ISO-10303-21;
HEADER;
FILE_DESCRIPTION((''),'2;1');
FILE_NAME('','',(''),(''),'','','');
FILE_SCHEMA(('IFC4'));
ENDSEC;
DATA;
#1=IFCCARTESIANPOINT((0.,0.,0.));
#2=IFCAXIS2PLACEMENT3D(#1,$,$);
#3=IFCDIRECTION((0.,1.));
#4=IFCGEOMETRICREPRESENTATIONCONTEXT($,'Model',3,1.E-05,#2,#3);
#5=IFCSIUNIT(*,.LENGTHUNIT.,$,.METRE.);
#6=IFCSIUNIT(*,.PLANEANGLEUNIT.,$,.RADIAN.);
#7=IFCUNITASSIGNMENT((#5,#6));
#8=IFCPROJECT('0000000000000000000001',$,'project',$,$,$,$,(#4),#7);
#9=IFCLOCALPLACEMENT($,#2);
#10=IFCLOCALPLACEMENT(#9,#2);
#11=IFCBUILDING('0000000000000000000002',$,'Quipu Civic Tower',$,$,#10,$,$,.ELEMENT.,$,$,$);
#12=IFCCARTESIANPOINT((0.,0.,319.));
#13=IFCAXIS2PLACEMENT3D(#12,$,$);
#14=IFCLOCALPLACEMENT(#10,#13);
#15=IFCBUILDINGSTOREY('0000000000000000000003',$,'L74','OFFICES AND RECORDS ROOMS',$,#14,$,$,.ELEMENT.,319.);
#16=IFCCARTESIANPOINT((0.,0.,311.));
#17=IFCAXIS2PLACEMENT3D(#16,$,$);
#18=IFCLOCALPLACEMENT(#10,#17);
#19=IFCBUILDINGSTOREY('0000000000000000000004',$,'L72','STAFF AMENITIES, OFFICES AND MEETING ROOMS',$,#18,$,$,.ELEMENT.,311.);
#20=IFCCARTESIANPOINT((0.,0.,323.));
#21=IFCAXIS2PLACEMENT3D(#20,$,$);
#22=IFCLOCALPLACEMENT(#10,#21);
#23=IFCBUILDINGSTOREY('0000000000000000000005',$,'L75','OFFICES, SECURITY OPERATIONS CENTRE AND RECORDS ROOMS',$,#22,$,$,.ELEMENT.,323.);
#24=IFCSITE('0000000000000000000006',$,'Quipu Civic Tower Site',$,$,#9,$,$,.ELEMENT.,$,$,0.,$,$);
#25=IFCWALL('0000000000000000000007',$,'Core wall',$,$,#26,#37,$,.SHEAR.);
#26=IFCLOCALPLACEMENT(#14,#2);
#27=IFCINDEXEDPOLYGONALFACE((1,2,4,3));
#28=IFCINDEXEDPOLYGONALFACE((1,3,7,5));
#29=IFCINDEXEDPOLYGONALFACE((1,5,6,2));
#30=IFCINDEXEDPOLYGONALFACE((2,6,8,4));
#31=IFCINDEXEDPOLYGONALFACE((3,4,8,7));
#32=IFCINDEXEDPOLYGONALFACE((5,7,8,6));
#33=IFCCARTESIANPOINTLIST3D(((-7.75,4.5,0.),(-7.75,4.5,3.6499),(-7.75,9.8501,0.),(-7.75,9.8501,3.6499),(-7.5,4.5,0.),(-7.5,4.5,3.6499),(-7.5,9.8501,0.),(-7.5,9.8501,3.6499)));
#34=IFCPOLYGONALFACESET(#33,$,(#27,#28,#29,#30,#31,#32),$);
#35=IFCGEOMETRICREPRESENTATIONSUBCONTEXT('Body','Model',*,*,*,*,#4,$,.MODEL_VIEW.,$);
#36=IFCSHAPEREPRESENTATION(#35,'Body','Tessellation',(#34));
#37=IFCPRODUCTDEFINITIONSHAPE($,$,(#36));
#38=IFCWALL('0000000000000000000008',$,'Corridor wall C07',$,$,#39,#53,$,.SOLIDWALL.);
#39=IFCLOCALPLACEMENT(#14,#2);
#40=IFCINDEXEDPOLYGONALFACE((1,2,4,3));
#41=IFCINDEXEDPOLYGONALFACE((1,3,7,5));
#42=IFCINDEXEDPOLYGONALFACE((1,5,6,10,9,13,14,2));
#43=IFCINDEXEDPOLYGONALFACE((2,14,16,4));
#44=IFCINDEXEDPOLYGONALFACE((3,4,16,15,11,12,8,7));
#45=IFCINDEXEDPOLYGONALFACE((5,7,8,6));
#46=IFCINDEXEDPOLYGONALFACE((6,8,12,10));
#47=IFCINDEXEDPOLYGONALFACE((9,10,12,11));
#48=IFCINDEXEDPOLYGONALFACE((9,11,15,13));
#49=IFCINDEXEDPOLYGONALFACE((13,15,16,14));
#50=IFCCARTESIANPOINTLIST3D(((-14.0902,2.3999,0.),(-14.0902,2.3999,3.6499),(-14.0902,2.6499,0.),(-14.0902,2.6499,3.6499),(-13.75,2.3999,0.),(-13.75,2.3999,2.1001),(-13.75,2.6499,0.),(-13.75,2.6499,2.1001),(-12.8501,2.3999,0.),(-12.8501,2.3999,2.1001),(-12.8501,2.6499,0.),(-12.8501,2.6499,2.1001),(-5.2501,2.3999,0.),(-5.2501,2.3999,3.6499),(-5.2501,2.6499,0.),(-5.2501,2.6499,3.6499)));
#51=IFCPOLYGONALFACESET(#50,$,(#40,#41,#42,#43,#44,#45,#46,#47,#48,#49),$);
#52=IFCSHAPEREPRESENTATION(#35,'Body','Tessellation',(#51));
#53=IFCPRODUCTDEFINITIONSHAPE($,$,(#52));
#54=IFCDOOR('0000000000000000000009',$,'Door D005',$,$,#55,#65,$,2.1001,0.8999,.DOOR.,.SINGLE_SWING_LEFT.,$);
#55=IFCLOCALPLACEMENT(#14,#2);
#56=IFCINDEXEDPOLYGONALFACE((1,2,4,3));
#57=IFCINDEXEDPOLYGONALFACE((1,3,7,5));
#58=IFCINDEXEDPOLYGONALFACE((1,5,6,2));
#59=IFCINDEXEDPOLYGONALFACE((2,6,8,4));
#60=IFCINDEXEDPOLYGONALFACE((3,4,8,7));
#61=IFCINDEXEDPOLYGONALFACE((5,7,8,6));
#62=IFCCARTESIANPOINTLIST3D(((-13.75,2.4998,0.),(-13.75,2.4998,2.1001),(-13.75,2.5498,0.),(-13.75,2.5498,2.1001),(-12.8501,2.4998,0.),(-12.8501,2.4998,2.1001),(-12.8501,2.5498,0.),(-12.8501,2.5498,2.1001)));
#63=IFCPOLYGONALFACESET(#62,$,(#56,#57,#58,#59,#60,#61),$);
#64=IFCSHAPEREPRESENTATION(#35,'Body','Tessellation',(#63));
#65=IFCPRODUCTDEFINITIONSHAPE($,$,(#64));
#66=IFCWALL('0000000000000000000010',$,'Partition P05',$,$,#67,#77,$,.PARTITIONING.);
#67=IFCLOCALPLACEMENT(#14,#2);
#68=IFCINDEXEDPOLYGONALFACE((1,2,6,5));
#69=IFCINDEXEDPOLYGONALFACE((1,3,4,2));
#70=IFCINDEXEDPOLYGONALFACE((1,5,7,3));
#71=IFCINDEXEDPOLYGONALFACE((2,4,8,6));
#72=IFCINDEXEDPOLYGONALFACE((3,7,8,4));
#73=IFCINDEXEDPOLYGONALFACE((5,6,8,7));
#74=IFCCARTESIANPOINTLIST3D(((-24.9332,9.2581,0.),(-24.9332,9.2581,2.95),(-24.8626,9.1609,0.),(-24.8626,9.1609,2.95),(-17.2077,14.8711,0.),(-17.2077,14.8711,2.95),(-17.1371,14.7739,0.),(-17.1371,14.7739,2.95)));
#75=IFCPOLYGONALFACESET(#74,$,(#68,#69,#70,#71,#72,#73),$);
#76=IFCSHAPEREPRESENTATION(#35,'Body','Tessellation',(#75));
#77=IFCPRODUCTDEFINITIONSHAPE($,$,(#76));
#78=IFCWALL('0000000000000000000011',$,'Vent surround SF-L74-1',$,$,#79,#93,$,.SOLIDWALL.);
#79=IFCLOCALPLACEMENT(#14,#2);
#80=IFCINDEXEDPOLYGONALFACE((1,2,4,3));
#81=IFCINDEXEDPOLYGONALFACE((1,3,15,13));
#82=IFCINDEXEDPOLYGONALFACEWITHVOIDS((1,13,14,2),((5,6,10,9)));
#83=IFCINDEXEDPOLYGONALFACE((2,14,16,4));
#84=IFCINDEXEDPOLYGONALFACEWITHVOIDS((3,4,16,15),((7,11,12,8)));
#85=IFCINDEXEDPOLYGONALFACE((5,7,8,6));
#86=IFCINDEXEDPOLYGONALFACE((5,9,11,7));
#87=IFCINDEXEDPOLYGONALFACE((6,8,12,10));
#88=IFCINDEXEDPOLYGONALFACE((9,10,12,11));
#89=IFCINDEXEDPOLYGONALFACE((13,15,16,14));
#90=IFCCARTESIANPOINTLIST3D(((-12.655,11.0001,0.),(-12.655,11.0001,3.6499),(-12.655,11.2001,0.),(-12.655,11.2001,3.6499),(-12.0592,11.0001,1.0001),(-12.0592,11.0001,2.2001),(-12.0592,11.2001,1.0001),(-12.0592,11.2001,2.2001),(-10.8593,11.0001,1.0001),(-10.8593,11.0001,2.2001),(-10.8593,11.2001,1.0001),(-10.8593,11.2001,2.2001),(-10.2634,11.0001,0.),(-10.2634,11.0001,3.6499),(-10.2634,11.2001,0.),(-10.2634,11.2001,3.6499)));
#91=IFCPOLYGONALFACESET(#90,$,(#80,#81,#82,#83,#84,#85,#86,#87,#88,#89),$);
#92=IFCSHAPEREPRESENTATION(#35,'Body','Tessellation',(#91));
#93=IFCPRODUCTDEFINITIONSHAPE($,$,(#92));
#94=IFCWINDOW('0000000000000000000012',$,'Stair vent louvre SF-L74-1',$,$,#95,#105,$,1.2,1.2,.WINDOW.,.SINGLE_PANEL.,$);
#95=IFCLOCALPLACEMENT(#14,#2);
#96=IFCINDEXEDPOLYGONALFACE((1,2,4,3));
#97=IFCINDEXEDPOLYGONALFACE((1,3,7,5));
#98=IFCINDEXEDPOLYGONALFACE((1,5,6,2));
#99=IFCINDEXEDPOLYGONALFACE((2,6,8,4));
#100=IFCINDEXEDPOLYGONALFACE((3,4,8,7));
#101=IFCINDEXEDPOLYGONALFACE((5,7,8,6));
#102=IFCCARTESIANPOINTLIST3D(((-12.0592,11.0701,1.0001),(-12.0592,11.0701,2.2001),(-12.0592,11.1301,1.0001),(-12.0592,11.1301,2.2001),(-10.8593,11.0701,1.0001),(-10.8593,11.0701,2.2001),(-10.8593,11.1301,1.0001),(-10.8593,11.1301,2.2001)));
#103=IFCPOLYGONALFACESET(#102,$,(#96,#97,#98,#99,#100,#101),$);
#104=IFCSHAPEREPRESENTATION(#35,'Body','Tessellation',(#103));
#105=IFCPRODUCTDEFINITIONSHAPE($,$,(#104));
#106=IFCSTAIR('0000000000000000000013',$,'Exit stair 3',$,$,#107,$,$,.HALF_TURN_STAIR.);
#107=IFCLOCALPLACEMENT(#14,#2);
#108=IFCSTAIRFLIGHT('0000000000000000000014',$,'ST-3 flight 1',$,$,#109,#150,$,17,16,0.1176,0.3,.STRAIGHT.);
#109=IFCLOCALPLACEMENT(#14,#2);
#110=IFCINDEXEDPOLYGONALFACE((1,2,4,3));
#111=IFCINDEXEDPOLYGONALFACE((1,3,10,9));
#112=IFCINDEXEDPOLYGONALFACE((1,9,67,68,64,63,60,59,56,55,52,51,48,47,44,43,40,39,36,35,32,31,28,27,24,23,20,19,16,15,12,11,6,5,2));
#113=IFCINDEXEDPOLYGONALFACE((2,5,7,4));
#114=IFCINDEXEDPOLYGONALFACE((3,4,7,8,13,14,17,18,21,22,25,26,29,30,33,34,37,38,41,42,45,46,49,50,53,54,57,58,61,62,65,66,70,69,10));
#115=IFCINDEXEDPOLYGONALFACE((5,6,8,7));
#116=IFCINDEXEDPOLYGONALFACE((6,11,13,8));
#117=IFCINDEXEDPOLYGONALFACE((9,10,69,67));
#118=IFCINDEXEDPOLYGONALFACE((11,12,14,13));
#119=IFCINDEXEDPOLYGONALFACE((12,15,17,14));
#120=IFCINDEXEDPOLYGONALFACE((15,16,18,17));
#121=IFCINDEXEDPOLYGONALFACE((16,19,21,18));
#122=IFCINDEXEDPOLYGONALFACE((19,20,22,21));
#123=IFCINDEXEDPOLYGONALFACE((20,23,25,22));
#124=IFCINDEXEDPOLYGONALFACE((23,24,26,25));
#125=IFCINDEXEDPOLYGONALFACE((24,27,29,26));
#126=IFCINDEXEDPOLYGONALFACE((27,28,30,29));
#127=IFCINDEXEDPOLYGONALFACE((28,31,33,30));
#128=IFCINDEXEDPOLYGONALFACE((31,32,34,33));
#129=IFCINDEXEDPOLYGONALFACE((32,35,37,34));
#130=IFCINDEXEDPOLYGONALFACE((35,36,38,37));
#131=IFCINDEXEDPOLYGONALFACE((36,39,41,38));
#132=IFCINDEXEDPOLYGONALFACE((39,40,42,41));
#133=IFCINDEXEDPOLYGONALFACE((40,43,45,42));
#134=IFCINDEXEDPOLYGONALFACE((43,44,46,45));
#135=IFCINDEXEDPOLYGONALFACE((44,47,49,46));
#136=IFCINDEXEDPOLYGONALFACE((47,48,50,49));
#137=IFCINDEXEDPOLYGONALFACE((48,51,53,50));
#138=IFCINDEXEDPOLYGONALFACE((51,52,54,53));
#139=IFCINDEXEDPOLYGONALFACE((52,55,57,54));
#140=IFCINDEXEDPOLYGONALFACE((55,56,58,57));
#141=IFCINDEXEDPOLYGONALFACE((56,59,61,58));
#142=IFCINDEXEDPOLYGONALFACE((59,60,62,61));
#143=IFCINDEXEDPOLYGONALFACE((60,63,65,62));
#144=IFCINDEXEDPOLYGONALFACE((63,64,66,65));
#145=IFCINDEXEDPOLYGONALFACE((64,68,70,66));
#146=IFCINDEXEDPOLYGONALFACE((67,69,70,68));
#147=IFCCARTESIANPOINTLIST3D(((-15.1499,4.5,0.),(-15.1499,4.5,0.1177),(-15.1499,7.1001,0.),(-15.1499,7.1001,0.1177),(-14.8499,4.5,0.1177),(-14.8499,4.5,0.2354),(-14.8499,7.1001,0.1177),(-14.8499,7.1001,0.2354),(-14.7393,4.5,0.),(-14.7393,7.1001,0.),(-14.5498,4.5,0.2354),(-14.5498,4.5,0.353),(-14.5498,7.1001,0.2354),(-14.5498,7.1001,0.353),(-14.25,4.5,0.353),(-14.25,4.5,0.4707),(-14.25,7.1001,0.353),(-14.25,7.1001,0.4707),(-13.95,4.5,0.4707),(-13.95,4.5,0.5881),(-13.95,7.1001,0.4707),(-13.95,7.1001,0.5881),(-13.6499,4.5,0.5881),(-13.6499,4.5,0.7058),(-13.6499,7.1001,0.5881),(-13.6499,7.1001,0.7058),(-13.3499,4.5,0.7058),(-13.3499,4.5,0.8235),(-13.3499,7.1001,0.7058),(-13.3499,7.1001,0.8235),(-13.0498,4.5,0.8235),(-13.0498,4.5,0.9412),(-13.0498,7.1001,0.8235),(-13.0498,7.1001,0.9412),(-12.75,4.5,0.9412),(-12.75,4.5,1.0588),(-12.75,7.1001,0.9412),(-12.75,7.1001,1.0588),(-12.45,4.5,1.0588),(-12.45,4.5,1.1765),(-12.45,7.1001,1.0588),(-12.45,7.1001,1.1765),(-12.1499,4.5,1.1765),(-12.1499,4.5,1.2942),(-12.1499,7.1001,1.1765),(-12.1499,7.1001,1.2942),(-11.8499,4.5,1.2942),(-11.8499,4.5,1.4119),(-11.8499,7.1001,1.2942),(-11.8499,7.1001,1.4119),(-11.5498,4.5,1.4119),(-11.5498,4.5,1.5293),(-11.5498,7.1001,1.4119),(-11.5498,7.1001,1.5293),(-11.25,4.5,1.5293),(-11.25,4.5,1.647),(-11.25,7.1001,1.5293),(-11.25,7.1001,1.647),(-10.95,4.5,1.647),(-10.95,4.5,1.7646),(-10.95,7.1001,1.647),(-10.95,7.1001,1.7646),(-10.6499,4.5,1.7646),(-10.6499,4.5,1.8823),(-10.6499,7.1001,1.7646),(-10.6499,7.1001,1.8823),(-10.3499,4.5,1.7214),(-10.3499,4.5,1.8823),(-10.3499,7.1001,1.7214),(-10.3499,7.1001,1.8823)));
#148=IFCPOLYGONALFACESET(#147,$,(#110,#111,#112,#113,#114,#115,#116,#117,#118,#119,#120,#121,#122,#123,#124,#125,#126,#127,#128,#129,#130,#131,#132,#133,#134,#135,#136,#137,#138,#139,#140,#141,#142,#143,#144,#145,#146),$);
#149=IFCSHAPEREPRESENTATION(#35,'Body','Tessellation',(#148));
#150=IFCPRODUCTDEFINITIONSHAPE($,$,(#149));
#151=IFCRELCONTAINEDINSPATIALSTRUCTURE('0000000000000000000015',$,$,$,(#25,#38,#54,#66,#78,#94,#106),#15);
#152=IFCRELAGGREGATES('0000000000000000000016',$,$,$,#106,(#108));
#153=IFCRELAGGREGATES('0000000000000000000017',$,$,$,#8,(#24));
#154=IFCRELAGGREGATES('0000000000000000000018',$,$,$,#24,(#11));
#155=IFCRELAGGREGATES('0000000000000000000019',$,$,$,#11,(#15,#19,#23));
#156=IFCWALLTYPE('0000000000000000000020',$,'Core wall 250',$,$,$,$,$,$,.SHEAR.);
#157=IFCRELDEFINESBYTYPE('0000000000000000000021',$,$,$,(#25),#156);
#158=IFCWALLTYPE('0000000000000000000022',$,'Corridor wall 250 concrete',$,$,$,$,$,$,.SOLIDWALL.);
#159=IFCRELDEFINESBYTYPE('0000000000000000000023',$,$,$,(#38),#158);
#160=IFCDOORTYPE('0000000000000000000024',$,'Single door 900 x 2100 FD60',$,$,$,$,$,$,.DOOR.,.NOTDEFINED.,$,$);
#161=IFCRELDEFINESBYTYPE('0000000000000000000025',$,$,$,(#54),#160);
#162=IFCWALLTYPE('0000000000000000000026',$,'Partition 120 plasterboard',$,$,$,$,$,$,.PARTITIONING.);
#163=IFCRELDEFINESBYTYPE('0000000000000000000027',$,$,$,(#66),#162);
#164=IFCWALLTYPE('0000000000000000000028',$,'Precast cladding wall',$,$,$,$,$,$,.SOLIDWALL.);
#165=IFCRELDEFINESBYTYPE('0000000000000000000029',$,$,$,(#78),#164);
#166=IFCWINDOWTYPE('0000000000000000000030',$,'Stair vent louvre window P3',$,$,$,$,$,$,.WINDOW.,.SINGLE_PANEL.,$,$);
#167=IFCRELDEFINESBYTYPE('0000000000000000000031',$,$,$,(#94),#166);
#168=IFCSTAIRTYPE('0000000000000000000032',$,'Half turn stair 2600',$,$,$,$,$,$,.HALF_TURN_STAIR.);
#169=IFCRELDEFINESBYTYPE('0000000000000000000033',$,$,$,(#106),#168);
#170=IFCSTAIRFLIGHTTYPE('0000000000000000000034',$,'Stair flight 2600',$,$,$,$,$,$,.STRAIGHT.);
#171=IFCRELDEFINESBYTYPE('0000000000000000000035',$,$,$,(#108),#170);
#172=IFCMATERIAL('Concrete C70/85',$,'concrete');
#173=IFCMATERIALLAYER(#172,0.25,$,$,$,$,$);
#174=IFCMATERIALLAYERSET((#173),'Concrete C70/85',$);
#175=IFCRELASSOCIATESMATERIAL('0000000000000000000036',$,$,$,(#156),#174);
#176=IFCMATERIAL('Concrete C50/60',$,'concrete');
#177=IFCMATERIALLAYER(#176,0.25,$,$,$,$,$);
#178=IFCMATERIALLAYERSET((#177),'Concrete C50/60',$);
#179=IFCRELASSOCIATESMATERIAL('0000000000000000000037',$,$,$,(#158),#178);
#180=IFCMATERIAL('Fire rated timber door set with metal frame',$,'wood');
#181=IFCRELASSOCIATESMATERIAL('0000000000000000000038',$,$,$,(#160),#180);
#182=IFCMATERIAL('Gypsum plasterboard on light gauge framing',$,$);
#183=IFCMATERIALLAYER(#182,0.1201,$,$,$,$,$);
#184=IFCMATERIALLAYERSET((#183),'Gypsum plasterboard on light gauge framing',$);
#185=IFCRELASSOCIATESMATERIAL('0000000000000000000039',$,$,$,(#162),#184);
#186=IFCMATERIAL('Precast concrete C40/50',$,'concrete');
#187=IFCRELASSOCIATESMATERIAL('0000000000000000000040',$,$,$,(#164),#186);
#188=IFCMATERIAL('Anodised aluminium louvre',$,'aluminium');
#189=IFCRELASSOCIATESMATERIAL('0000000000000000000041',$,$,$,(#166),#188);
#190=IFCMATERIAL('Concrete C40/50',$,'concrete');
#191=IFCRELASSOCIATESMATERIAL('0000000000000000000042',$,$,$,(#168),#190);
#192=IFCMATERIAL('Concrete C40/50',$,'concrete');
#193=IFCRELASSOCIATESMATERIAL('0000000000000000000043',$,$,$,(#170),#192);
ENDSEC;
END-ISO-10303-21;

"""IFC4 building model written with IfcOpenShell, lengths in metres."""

from ifc_helpers import new_model, si_unit, direction, frame, frame_2d, origin, place, context, subcontext, project, spatial, polyline, rectangle, outline, extrude, material, layer, layer_set, type_object, element, fill, aggregate, save


model = new_model("IFC4")

# Units and contexts
model_context = context("Model", 3, precision=1e-05, world=origin(), true_north=direction((0.0, 1.0)))
body_context = subcontext(model_context, "Body", "Model", "MODEL_VIEW")
ifc_project = project(units=[si_unit("LENGTHUNIT", "METRE"), si_unit("PLANEANGLEUNIT", "RADIAN")], contexts=[model_context])

# Site, building, storey
site_placement = place(None, origin())
site = spatial("IfcSite", under=ifc_project, at=site_placement, Name="Quipu Civic Tower Site", CompositionType="ELEMENT", RefElevation=0.0)
building_placement = place(site_placement, origin())
building = spatial("IfcBuilding", under=site, at=building_placement, Name="Quipu Civic Tower", CompositionType="ELEMENT")
storey_1_placement = place(building_placement, frame((0.0, 0.0, 319.0)))
storey_1 = spatial("IfcBuildingStorey", under=building, at=storey_1_placement, Name="L74", Description="OFFICES AND RECORDS ROOMS", CompositionType="ELEMENT", Elevation=319.0)

# Shared definitions
storey_2_placement = place(building_placement, frame((0.0, 0.0, 311.0)))
storey_2 = spatial("IfcBuildingStorey", under=building, at=storey_2_placement, Name="L72", Description="STAFF AMENITIES, OFFICES AND MEETING ROOMS", CompositionType="ELEMENT", Elevation=311.0)

# Shared definitions
storey_3_placement = place(building_placement, frame((0.0, 0.0, 323.0)))
storey_3 = spatial("IfcBuildingStorey", under=building, at=storey_3_placement, Name="L75", Description="OFFICES, SECURITY OPERATIONS CENTRE AND RECORDS ROOMS", CompositionType="ELEMENT", Elevation=323.0)

# Wall
ifc_material_1 = material(Name="Concrete C70/85", Category="concrete")
ifc_layer_1 = layer(ifc_material_1, 0.25)
ifc_layer_set_1 = layer_set([ifc_layer_1], Name="Concrete C70/85")
wall_type_1 = type_object("IfcWallType", Name="Core wall 250", PredefinedType="SHEAR", material=ifc_layer_set_1)
wall_1_placement = place(storey_1_placement, frame((-7.625, 4.5, 0.0), z_axis=(0.0, 0.0, 1.0), x_axis=(0.0, 1.0, 0.0)))
element("IfcWall", 1, at=wall_1_placement, inside=storey_1, type_object=wall_type_1, Name="Core wall", PredefinedType="SHEAR", context=body_context, shape_type="SweptSolid", body=[
    extrude(rectangle(XDim=5.3501, YDim=0.25, at=frame_2d((2.675, 0.0))), origin(), (0.0, 0.0, 1.0), 3.6499),
])

# Wall, opening, door
ifc_material_2 = material(Name="Concrete C50/60", Category="concrete")
ifc_layer_2 = layer(ifc_material_2, 0.25)
ifc_layer_set_2 = layer_set([ifc_layer_2], Name="Concrete C50/60")
wall_type_2 = type_object("IfcWallType", Name="Corridor wall 250 concrete", PredefinedType="SOLIDWALL", material=ifc_layer_set_2)
wall_2_placement = place(storey_1_placement, frame((-14.0901, 2.5249, 0.0), z_axis=(0.0, 0.0, 1.0), x_axis=(1.0, 0.0, 0.0)))
wall_2 = element("IfcWall", 2, at=wall_2_placement, inside=storey_1, type_object=wall_type_2, Name="Corridor wall C07", PredefinedType="SOLIDWALL", context=body_context, shape_type="SweptSolid", body=[
    extrude(rectangle(XDim=8.8401, YDim=0.25, at=frame_2d((4.4199, 0.0))), origin(), (0.0, 0.0, 1.0), 3.6499),
])
opening_1_placement = place(wall_2_placement, frame((0.3401, 0.0, 0.0)))
opening_1 = element("IfcOpeningElement", 3, at=opening_1_placement, cuts=wall_2, PredefinedType="OPENING", context=body_context, shape_type="SweptSolid", body=[
    extrude(rectangle(XDim=0.8999, YDim=2.1001, at=frame_2d((0.45, 1.05))), frame((0.0, 0.135, 0.0), z_axis=(0.0, -1.0, 0.0), x_axis=(1.0, 0.0, 0.0)), (0.0, 0.0, 1.0), 0.27),
])
ifc_material_3 = material(Name="Fire rated timber door set with metal frame", Category="wood")
door_type = type_object("IfcDoorType", Name="Single door 900 x 2100 FD60", OperationType="NOTDEFINED", PredefinedType="DOOR", material=ifc_material_3)
door_placement = place(opening_1_placement, origin())
door = element("IfcDoor", 4, at=door_placement, inside=storey_1, type_object=door_type, Name="Door D005", OperationType="SINGLE_SWING_LEFT", OverallHeight=2.1001, OverallWidth=0.8999, PredefinedType="DOOR", context=body_context, shape_type="SweptSolid", body=[
    extrude(rectangle(XDim=0.8999, YDim=2.1001, at=frame_2d((0.45, 1.05))), frame((0.0, 0.0249, 0.0), z_axis=(0.0, -1.0, 0.0), x_axis=(1.0, 0.0, 0.0)), (0.0, 0.0, 1.0), 0.05),
])
fill(opening_1, door)

# Wall
ifc_material_4 = material(Name="Gypsum plasterboard on light gauge framing")
ifc_layer_3 = layer(ifc_material_4, 0.1201)
ifc_layer_set_3 = layer_set([ifc_layer_3], Name="Gypsum plasterboard on light gauge framing")
wall_type_3 = type_object("IfcWallType", Name="Partition 120 plasterboard", PredefinedType="PARTITIONING", material=ifc_layer_set_3)
wall_3_placement = place(storey_1_placement, frame((-17.1724, 14.8225, 0.0), z_axis=(0.0, 0.0, 1.0), x_axis=(-0.809013, -0.58779, 0.0)))
element("IfcWall", 5, at=wall_3_placement, inside=storey_1, type_object=wall_type_3, Name="Partition P05", PredefinedType="PARTITIONING", context=body_context, shape_type="SweptSolid", body=[
    extrude(rectangle(XDim=9.5493, YDim=0.1201, at=frame_2d((4.7747, 0.0))), origin(), (0.0, 0.0, 1.0), 2.95),
])

# Wall, opening, window
ifc_material_5 = material(Name="Precast concrete C40/50", Category="concrete")
wall_type_4 = type_object("IfcWallType", Name="Precast cladding wall", PredefinedType="SOLIDWALL", material=ifc_material_5)
wall_4_placement = place(storey_1_placement, frame((-10.2634, 11.1001, 0.0), z_axis=(0.0, 0.0, 1.0), x_axis=(-1.0, 0.0, 0.0)))
wall_4 = element("IfcWall", 6, at=wall_4_placement, inside=storey_1, type_object=wall_type_4, Name="Vent surround SF-L74-1", PredefinedType="SOLIDWALL", context=body_context, shape_type="SweptSolid", body=[
    extrude(rectangle(XDim=2.3916, YDim=0.2, at=frame_2d((1.1958, 0.0))), origin(), (0.0, 0.0, 1.0), 3.6499),
])
opening_2_placement = place(wall_4_placement, frame((0.5957, 0.0, 1.0)))
opening_2 = element("IfcOpeningElement", 7, at=opening_2_placement, cuts=wall_4, PredefinedType="OPENING", context=body_context, shape_type="SweptSolid", body=[
    extrude(rectangle(XDim=1.2, YDim=1.2, at=frame_2d((0.6001, 0.6001))), frame((0.0, 0.1099, 0.0), z_axis=(0.0, -1.0, 0.0), x_axis=(1.0, 0.0, 0.0)), (0.0, 0.0, 1.0), 0.22),
])
ifc_material_6 = material(Name="Anodised aluminium louvre", Category="aluminium")
window_type = type_object("IfcWindowType", Name="Stair vent louvre window P3", PartitioningType="SINGLE_PANEL", PredefinedType="WINDOW", material=ifc_material_6)
window_placement = place(opening_2_placement, origin())
window = element("IfcWindow", 8, at=window_placement, inside=storey_1, type_object=window_type, Name="Stair vent louvre SF-L74-1", OverallHeight=1.2, OverallWidth=1.2, PartitioningType="SINGLE_PANEL", PredefinedType="WINDOW", context=body_context, shape_type="SweptSolid", body=[
    extrude(rectangle(XDim=1.2, YDim=1.2, at=frame_2d((0.6001, 0.6001))), frame((0.0, 0.03, 0.0), z_axis=(0.0, -1.0, 0.0), x_axis=(1.0, 0.0, 0.0)), (0.0, 0.0, 1.0), 0.0601),
])
fill(opening_2, window)

# Stair, stair flight
ifc_material_7 = material(Name="Concrete C40/50", Category="concrete")
stair_type = type_object("IfcStairType", Name="Half turn stair 2600", PredefinedType="HALF_TURN_STAIR", material=ifc_material_7)
stair_placement = place(storey_1_placement, origin())
stair = element("IfcStair", 9, at=stair_placement, inside=storey_1, type_object=stair_type, Name="Exit stair 3", PredefinedType="HALF_TURN_STAIR")
ifc_material_8 = material(Name="Concrete C40/50", Category="concrete")
stair_flight_type = type_object("IfcStairFlightType", Name="Stair flight 2600", PredefinedType="STRAIGHT", material=ifc_material_8)
stair_flight_1_placement = place(storey_1_placement, frame((-15.1499, 5.8, 0.0), z_axis=(0.0, 0.0, 1.0), x_axis=(1.0, 0.0, 0.0)))
stair_flight_1 = element("IfcStairFlight", 10, at=stair_flight_1_placement, type_object=stair_flight_type, Name="ST-3 flight 1", NumberOfRisers=17, NumberOfTreads=16, PredefinedType="STRAIGHT", RiserHeight=0.1176, TreadLength=0.3, context=body_context, shape_type="SweptSolid", body=[
    extrude(outline(polyline([(0.0, 0.0), (0.0, 0.1177), (0.3, 0.1177), (0.3, 0.2354), (0.6001, 0.2354), (0.6001, 0.353), (0.8999, 0.353), (0.8999, 0.4707), (1.2, 0.4707), (1.2, 0.5881), (1.5, 0.5881), (1.5, 0.7058), (1.8, 0.7058), (1.8, 0.8235), (2.1001, 0.8235), (2.1001, 0.9412), (2.3999, 0.9412), (2.3999, 1.0588), (2.7, 1.0588), (2.7, 1.1765), (3.0, 1.1765), (3.0, 1.2942), (3.3, 1.2942), (3.3, 1.4119), (3.6001, 1.4119), (3.6001, 1.5293), (3.8999, 1.5293), (3.8999, 1.647), (4.2, 1.647), (4.2, 1.7646), (4.5, 1.7646), (4.5, 1.8823), (4.8, 1.8823), (4.8, 2.0), (4.8, 1.7214), (0.4106, 0.0), (0.0, 0.0)])), frame((0.0, 1.3, 0.0), z_axis=(0.0, -1.0, 0.0), x_axis=(1.0, 0.0, 0.0)), (0.0, 0.0, 1.0), 2.6001),
])
aggregate(stair, [stair_flight_1])

save(model, "model.ifc")
